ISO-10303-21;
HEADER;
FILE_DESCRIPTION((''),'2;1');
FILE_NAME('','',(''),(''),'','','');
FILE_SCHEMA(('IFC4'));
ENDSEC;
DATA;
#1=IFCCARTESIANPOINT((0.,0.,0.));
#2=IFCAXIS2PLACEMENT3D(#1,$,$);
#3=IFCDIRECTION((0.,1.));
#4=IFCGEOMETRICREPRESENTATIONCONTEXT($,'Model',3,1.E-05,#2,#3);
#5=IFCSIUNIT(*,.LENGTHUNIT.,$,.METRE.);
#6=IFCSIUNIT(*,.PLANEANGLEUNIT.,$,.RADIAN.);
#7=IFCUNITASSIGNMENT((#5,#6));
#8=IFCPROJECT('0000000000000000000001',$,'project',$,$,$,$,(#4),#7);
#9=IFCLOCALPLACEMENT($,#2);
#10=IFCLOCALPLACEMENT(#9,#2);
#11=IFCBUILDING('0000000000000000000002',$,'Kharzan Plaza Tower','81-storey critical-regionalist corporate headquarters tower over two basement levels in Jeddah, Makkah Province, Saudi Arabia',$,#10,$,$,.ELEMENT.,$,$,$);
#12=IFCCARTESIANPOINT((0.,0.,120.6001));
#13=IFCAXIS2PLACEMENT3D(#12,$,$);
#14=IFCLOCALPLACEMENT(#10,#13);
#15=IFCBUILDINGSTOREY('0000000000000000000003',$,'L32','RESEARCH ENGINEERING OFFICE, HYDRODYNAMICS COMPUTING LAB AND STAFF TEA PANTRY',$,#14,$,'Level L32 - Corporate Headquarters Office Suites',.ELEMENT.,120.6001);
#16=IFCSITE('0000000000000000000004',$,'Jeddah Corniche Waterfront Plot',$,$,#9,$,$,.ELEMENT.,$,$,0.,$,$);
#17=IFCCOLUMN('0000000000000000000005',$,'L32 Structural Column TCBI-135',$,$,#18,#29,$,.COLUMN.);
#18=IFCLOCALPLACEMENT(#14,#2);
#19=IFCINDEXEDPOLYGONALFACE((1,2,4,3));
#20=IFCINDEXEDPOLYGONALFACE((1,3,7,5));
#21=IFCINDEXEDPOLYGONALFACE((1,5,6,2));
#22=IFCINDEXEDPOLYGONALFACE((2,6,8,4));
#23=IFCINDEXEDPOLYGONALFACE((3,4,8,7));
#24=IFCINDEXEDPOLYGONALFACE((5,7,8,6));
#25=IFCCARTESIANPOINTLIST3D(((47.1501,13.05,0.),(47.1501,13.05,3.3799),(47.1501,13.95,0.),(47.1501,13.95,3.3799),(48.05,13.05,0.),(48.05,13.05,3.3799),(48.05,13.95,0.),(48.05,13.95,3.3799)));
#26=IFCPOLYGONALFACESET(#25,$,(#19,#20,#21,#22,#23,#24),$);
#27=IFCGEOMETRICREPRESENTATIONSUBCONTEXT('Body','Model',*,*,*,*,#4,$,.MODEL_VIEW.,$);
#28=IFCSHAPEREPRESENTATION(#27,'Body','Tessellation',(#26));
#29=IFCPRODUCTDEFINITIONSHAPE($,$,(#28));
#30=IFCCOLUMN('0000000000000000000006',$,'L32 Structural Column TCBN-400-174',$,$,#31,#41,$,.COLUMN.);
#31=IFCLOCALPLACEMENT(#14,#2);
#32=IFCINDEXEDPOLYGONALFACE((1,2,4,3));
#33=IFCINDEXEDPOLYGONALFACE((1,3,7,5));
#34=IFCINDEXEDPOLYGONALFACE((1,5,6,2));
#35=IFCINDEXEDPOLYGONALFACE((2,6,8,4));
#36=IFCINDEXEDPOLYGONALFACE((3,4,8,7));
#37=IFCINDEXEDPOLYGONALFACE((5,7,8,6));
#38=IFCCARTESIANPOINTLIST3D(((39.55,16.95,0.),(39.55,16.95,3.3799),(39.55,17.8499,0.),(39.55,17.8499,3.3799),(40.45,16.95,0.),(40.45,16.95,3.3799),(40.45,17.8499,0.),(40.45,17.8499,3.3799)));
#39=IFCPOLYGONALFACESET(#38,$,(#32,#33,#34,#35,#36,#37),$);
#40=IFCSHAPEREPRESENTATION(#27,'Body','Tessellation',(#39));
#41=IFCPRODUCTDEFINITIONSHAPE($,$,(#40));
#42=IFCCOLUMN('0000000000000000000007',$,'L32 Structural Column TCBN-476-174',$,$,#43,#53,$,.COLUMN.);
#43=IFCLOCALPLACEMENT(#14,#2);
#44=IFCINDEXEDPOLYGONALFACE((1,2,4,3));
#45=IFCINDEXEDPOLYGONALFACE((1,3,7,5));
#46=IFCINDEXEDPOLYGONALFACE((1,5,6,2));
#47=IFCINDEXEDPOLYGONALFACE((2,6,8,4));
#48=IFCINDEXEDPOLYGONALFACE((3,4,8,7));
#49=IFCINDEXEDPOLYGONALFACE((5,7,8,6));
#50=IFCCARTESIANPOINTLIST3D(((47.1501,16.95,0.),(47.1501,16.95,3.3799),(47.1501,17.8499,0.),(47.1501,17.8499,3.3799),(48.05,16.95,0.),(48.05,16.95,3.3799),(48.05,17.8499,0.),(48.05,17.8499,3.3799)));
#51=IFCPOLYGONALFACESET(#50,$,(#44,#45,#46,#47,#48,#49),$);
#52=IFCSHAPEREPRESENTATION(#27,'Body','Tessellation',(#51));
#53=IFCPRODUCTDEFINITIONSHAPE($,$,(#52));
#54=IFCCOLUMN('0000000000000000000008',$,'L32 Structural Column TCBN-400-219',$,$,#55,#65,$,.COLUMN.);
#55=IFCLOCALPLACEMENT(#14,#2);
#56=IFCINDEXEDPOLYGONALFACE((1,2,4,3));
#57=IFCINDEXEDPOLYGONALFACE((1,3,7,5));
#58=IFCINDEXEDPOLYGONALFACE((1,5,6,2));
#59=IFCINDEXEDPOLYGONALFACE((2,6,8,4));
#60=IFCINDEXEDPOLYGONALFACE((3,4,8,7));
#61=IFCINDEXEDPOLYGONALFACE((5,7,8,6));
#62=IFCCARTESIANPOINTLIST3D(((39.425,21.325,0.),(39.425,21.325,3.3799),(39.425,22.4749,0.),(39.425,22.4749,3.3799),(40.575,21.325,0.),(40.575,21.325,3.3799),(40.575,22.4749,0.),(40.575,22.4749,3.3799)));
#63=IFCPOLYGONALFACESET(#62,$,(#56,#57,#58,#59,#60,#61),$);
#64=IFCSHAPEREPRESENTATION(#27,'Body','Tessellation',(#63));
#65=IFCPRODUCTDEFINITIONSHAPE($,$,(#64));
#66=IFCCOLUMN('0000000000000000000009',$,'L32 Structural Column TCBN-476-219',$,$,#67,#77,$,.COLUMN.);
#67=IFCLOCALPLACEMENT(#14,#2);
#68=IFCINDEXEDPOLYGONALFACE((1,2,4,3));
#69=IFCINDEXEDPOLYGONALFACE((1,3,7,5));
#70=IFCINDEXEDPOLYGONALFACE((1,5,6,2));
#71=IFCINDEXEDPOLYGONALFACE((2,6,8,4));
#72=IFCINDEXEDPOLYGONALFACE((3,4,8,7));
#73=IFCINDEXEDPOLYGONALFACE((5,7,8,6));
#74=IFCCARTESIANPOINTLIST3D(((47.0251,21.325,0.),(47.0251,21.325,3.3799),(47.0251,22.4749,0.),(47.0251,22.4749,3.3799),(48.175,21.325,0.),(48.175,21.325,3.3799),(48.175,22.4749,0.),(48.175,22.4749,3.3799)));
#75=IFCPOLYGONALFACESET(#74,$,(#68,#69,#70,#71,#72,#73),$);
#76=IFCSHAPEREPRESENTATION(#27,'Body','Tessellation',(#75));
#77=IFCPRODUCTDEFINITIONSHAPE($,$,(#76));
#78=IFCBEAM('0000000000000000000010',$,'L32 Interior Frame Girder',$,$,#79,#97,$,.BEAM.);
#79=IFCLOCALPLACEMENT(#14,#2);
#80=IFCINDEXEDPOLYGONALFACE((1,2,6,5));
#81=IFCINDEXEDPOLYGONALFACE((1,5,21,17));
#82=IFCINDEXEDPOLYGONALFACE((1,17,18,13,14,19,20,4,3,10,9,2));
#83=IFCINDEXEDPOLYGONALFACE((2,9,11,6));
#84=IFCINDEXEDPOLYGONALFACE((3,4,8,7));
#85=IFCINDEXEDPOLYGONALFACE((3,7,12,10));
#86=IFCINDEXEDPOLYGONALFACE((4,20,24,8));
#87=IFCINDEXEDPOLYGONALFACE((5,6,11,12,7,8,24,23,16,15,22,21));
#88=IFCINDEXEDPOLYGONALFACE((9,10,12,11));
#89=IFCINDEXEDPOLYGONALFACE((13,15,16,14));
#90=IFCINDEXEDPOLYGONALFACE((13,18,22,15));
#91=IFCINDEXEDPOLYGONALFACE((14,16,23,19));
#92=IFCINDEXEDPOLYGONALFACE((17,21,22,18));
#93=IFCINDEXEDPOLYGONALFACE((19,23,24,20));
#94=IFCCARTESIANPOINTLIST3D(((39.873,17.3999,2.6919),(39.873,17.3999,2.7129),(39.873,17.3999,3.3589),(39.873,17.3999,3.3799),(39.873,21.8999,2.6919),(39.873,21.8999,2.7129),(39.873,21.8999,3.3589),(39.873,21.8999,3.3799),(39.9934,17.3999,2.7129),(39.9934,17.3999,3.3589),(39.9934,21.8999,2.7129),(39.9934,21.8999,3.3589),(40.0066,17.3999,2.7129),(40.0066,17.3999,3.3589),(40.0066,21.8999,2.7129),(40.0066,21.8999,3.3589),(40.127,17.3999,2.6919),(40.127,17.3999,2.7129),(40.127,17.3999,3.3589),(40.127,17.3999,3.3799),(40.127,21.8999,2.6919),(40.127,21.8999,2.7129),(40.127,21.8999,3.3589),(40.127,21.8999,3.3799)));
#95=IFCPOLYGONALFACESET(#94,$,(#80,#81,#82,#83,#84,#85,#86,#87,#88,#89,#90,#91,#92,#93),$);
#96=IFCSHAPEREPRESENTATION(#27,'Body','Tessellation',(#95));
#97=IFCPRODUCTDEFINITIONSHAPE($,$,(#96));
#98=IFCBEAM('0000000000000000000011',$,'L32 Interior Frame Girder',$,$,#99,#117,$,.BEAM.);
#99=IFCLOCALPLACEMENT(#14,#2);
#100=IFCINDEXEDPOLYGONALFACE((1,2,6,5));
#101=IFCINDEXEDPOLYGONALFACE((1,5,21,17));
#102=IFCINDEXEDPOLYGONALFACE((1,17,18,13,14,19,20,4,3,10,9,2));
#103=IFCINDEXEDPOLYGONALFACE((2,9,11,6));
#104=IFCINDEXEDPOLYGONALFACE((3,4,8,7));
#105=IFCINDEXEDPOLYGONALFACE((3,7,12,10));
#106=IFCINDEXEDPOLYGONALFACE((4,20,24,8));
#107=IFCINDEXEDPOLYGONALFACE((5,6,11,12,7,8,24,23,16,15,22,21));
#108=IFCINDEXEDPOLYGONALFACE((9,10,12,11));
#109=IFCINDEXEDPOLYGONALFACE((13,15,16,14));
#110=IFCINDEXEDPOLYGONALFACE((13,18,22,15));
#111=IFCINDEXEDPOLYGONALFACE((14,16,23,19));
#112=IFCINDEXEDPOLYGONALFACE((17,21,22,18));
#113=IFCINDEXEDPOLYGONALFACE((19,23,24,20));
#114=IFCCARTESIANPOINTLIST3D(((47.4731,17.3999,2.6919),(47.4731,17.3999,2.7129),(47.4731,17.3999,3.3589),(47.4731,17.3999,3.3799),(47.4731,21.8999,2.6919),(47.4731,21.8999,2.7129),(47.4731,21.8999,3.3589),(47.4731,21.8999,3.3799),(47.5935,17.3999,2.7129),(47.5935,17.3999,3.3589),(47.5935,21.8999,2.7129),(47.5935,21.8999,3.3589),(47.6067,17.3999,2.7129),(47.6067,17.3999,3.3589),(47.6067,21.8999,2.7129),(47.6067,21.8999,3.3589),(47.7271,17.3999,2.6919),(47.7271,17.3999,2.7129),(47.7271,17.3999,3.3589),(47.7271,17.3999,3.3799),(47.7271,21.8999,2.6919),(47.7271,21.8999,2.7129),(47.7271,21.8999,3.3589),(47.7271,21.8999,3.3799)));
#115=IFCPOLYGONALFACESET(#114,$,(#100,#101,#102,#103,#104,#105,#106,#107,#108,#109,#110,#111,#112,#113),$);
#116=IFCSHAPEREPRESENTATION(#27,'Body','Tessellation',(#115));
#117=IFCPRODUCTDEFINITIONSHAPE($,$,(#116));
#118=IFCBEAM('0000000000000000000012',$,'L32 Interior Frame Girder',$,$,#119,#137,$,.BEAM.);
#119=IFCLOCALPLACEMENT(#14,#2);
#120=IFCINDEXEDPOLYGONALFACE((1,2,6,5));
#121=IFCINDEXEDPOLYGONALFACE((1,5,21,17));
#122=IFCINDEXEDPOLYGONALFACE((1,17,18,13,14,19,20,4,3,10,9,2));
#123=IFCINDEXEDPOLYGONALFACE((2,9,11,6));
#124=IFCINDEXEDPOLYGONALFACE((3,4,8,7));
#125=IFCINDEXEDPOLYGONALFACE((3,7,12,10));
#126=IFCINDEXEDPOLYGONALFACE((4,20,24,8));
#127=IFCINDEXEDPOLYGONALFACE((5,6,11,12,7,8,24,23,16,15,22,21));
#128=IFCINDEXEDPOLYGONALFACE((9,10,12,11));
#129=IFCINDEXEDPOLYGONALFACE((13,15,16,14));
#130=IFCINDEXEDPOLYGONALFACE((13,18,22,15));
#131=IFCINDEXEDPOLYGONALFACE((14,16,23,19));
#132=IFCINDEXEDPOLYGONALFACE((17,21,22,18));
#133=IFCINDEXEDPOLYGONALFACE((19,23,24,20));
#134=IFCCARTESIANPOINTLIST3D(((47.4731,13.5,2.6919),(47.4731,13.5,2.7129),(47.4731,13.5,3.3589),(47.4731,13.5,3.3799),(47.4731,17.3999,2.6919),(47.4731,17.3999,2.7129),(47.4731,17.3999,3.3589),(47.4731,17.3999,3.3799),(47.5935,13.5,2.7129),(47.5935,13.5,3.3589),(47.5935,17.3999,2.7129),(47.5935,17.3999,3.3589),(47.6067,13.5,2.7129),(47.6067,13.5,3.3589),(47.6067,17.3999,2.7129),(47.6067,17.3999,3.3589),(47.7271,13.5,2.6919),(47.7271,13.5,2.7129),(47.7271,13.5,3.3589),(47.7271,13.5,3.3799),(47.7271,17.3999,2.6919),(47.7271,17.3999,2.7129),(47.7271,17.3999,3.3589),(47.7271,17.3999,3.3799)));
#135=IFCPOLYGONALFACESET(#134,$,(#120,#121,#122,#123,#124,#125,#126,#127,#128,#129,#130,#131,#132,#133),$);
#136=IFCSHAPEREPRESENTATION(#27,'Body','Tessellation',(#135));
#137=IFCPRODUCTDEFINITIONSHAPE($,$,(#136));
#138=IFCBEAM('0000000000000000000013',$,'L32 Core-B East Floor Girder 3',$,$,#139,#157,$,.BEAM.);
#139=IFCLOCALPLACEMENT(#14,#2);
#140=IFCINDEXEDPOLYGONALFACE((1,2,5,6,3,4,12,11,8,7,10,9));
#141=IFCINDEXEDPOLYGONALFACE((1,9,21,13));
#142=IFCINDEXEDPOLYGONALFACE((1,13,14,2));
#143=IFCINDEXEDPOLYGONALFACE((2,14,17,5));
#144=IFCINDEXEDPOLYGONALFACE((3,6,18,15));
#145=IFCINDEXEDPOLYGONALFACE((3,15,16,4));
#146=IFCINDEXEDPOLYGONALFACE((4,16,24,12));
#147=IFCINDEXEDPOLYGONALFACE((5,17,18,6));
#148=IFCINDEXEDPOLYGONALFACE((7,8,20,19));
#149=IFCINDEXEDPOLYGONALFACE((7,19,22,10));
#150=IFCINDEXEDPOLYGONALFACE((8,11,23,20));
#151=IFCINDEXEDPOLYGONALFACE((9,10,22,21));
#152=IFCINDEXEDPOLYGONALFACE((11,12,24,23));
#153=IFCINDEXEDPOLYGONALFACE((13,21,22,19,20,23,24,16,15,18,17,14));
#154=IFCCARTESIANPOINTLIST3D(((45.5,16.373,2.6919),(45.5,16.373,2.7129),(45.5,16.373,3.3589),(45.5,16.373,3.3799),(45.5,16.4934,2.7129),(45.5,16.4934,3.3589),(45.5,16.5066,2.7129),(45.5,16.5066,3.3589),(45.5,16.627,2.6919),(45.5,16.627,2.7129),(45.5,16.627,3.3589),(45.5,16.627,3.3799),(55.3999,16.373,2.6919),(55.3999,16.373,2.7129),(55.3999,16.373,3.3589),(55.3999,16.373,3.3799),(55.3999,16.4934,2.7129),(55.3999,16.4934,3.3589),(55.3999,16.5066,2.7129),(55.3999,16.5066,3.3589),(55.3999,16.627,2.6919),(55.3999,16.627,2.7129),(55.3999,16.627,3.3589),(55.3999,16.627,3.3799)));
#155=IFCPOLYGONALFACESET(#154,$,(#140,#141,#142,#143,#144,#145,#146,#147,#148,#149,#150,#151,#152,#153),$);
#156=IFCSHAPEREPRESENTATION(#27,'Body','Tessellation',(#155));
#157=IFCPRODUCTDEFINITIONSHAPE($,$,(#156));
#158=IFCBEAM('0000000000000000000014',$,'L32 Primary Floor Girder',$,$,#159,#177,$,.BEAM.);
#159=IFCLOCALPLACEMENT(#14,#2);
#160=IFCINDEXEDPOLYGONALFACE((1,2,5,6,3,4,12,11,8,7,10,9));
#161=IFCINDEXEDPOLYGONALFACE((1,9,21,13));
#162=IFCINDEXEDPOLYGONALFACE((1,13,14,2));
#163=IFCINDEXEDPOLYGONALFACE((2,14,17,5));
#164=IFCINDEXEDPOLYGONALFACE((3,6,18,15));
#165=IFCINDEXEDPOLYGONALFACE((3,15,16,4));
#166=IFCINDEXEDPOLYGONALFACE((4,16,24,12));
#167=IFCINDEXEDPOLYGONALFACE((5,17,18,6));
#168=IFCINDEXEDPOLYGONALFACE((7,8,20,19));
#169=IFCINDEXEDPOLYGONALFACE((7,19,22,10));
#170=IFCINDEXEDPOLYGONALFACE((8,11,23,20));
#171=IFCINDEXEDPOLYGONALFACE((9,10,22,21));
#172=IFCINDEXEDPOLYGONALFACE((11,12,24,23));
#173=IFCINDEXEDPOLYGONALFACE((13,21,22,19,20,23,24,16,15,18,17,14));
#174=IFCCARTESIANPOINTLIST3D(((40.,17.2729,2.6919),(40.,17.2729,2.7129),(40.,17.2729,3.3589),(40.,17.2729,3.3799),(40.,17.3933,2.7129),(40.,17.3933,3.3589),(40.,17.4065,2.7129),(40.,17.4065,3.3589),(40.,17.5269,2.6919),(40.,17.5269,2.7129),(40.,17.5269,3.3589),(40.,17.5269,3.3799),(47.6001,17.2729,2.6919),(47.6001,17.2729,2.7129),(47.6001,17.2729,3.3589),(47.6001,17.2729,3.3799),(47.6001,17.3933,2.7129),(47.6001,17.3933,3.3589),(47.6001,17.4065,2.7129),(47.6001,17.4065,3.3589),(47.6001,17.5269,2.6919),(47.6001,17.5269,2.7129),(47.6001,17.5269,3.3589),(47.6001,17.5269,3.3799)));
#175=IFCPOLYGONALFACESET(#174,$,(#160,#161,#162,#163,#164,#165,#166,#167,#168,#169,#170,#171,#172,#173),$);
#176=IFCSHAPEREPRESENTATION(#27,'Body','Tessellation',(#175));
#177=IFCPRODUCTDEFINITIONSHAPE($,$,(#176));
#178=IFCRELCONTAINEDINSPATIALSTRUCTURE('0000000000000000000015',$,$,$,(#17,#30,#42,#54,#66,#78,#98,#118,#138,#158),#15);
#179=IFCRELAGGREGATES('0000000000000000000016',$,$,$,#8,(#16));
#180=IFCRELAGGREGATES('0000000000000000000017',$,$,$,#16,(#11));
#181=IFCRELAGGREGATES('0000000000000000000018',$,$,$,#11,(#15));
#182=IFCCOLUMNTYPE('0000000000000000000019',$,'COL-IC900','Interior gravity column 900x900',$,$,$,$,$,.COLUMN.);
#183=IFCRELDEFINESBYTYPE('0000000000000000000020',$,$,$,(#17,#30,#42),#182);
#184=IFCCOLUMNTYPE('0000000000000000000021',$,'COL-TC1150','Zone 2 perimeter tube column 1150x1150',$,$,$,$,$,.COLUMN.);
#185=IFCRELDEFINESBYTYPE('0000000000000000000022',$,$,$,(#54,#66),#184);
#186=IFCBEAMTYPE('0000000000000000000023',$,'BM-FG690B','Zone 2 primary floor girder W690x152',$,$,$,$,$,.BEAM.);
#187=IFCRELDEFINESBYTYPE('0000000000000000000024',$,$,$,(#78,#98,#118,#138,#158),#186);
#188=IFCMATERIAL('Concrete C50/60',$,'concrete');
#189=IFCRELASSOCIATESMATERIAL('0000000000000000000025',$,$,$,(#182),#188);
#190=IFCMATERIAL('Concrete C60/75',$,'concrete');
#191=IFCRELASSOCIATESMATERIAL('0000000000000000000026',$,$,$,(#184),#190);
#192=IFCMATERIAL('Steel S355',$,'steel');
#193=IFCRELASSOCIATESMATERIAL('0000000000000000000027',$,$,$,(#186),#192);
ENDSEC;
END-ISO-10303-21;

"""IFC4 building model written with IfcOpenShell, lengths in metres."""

from ifc_helpers import new_model, si_unit, direction, frame, origin, origin_2d, place, context, subcontext, project, spatial, rectangle, i_section, extrude, source, transform, mapped, material, material_profile, profile_set, type_object, element, save


model = new_model("IFC4")

# Units and contexts
model_context = context("Model", 3, precision=1e-05, world=origin(), true_north=direction((0.0, 1.0)))
body_context = subcontext(model_context, "Body", "Model", "MODEL_VIEW")
ifc_project = project(units=[si_unit("LENGTHUNIT", "METRE"), si_unit("PLANEANGLEUNIT", "RADIAN")], contexts=[model_context])

# Site, building, storey
site_placement = place(None, origin())
site = spatial("IfcSite", under=ifc_project, at=site_placement, Name="Jeddah Corniche Waterfront Plot", CompositionType="ELEMENT", RefElevation=0.0)
building_placement = place(site_placement, origin())
building = spatial("IfcBuilding", under=site, at=building_placement, Name="Kharzan Plaza Tower", Description="81-storey critical-regionalist corporate headquarters tower over two basement levels in Jeddah, Makkah Province, Saudi Arabia", CompositionType="ELEMENT")
storey_placement = place(building_placement, frame((0.0, 0.0, 120.6001)))
storey = spatial("IfcBuildingStorey", under=building, at=storey_placement, Name="L32", Description="RESEARCH ENGINEERING OFFICE, HYDRODYNAMICS COMPUTING LAB AND STAFF TEA PANTRY", LongName="Level L32 - Corporate Headquarters Office Suites", CompositionType="ELEMENT", Elevation=120.6001)

# Columns
ifc_material_1 = material(Name="Concrete C50/60", Category="concrete")
ifc_material_profile_1 = material_profile(ifc_material_1, rectangle(XDim=0.8999, YDim=0.8999, at=origin_2d()), Name="RC-IC900x900")
ifc_profile_set_1 = profile_set([ifc_material_profile_1], Name="Concrete C50/60")
column_type_1 = type_object("IfcColumnType", Name="COL-IC900", Description="Interior gravity column 900x900", PredefinedType="COLUMN", material=ifc_profile_set_1)
shared_shape_1 = source(origin(), body_context, "Body", "SweptSolid", [
    extrude(rectangle(XDim=0.8999, YDim=0.8999, at=origin_2d()), origin(), (0.0, 0.0, 1.0), 3.3799),
])
for number, where, z_axis, x_axis, name in (
    (1, (47.6001, 13.5, 0.0), (0.0, 0.0, 1.0), (1.0, 0.0, 0.0), "L32 Structural Column TCBI-135"),
    (2, (40.0, 17.3999, 0.0), (0.0, 0.0, 1.0), (1.0, 0.0, 0.0), "L32 Structural Column TCBN-400-174"),
    (3, (47.6001, 17.3999, 0.0), (0.0, 0.0, 1.0), (1.0, 0.0, 0.0), "L32 Structural Column TCBN-476-174"),
):
    element("IfcColumn", number, at=place(storey_placement, frame(where, z_axis=z_axis, x_axis=x_axis)), inside=storey, type_object=column_type_1, Name=name, PredefinedType="COLUMN", context=body_context, shape_type="MappedRepresentation", body=[
        mapped(shared_shape_1, transform((0.0, 0.0, 0.0), x_axis=(1.0, 0.0, 0.0), y_axis=(0.0, 1.0, 0.0), z_axis=(0.0, 0.0, 1.0))),
    ])
ifc_material_2 = material(Name="Concrete C60/75", Category="concrete")
ifc_material_profile_2 = material_profile(ifc_material_2, rectangle(XDim=1.1499, YDim=1.1499, at=origin_2d()), Name="RC-TC1150x1150")
ifc_profile_set_2 = profile_set([ifc_material_profile_2], Name="Concrete C60/75")
column_type_2 = type_object("IfcColumnType", Name="COL-TC1150", Description="Zone 2 perimeter tube column 1150x1150", PredefinedType="COLUMN", material=ifc_profile_set_2)
shared_shape_2 = source(origin(), body_context, "Body", "SweptSolid", [
    extrude(rectangle(XDim=1.1499, YDim=1.1499, at=origin_2d()), origin(), (0.0, 0.0, 1.0), 3.3799),
])
for number, where, z_axis, x_axis, name in (
    (4, (40.0, 21.8999, 0.0), (0.0, 0.0, 1.0), (1.0, 0.0, 0.0), "L32 Structural Column TCBN-400-219"),
    (5, (47.6001, 21.8999, 0.0), (0.0, 0.0, 1.0), (1.0, 0.0, 0.0), "L32 Structural Column TCBN-476-219"),
):
    element("IfcColumn", number, at=place(storey_placement, frame(where, z_axis=z_axis, x_axis=x_axis)), inside=storey, type_object=column_type_2, Name=name, PredefinedType="COLUMN", context=body_context, shape_type="MappedRepresentation", body=[
        mapped(shared_shape_2, transform((0.0, 0.0, 0.0), x_axis=(1.0, 0.0, 0.0), y_axis=(0.0, 1.0, 0.0), z_axis=(0.0, 0.0, 1.0))),
    ])

# Beams
ifc_material_3 = material(Name="Steel S355", Category="steel")
ifc_material_profile_3 = material_profile(ifc_material_3, i_section(OverallWidth=0.2539, OverallDepth=0.688, WebThickness=0.0132, FlangeThickness=0.021, at=origin_2d()), Name="W690x152")
ifc_profile_set_3 = profile_set([ifc_material_profile_3], Name="Steel S355")
beam_type_1 = type_object("IfcBeamType", Name="BM-FG690B", Description="Zone 2 primary floor girder W690x152", PredefinedType="BEAM", material=ifc_profile_set_3)
shared_shape_3 = source(origin(), body_context, "Body", "SweptSolid", [
    extrude(i_section(OverallWidth=0.2539, OverallDepth=0.688, WebThickness=0.0132, FlangeThickness=0.021, at=origin_2d()), origin(), (0.0, 0.0, 1.0), 4.5),
])
for number, where, z_axis, x_axis, name in (
    (6, (40.0, 17.3999, 3.0359), (0.0, 1.0, 0.0), (-1.0, 0.0, 0.0), "L32 Interior Frame Girder"),
    (7, (47.6001, 17.3999, 3.0359), (0.0, 1.0, 0.0), (-1.0, 0.0, 0.0), "L32 Interior Frame Girder"),
):
    element("IfcBeam", number, at=place(storey_placement, frame(where, z_axis=z_axis, x_axis=x_axis)), inside=storey, type_object=beam_type_1, Name=name, PredefinedType="BEAM", context=body_context, shape_type="MappedRepresentation", body=[
        mapped(shared_shape_3, transform((0.0, 0.0, 0.0), x_axis=(1.0, 0.0, 0.0), y_axis=(0.0, 1.0, 0.0), z_axis=(0.0, 0.0, 1.0))),
    ])
shared_shape_4 = source(origin(), body_context, "Body", "SweptSolid", [
    extrude(i_section(OverallWidth=0.2539, OverallDepth=0.688, WebThickness=0.0132, FlangeThickness=0.021, at=origin_2d()), origin(), (0.0, 0.0, 1.0), 3.8999),
])
beam_1_placement = place(storey_placement, frame((47.6001, 13.5, 3.0359), z_axis=(0.0, 1.0, 0.0), x_axis=(-1.0, 0.0, 0.0)))
element("IfcBeam", 8, at=beam_1_placement, inside=storey, type_object=beam_type_1, Name="L32 Interior Frame Girder", PredefinedType="BEAM", context=body_context, shape_type="MappedRepresentation", body=[
    mapped(shared_shape_4, transform((0.0, 0.0, 0.0), x_axis=(1.0, 0.0, 0.0), y_axis=(0.0, 1.0, 0.0), z_axis=(0.0, 0.0, 1.0))),
])
shared_shape_5 = source(origin(), body_context, "Body", "SweptSolid", [
    extrude(i_section(OverallWidth=0.2539, OverallDepth=0.688, WebThickness=0.0132, FlangeThickness=0.021, at=origin_2d()), origin(), (0.0, 0.0, 1.0), 9.8999),
])
beam_2_placement = place(storey_placement, frame((45.5, 16.5, 3.0359), z_axis=(1.0, 0.0, 0.0), x_axis=(0.0, 1.0, 0.0)))
element("IfcBeam", 9, at=beam_2_placement, inside=storey, type_object=beam_type_1, Name="L32 Core-B East Floor Girder 3", PredefinedType="BEAM", context=body_context, shape_type="MappedRepresentation", body=[
    mapped(shared_shape_5, transform((0.0, 0.0, 0.0), x_axis=(1.0, 0.0, 0.0), y_axis=(0.0, 1.0, 0.0), z_axis=(0.0, 0.0, 1.0))),
])
shared_shape_6 = source(origin(), body_context, "Body", "SweptSolid", [
    extrude(i_section(OverallWidth=0.2539, OverallDepth=0.688, WebThickness=0.0132, FlangeThickness=0.021, at=origin_2d()), origin(), (0.0, 0.0, 1.0), 7.6001),
])
beam_3_placement = place(storey_placement, frame((40.0, 17.3999, 3.0359), z_axis=(1.0, 0.0, 0.0), x_axis=(0.0, 1.0, 0.0)))
element("IfcBeam", 10, at=beam_3_placement, inside=storey, type_object=beam_type_1, Name="L32 Primary Floor Girder", PredefinedType="BEAM", context=body_context, shape_type="MappedRepresentation", body=[
    mapped(shared_shape_6, transform((0.0, 0.0, 0.0), x_axis=(1.0, 0.0, 0.0), y_axis=(0.0, 1.0, 0.0), z_axis=(0.0, 0.0, 1.0))),
])

save(model, "model.ifc")
